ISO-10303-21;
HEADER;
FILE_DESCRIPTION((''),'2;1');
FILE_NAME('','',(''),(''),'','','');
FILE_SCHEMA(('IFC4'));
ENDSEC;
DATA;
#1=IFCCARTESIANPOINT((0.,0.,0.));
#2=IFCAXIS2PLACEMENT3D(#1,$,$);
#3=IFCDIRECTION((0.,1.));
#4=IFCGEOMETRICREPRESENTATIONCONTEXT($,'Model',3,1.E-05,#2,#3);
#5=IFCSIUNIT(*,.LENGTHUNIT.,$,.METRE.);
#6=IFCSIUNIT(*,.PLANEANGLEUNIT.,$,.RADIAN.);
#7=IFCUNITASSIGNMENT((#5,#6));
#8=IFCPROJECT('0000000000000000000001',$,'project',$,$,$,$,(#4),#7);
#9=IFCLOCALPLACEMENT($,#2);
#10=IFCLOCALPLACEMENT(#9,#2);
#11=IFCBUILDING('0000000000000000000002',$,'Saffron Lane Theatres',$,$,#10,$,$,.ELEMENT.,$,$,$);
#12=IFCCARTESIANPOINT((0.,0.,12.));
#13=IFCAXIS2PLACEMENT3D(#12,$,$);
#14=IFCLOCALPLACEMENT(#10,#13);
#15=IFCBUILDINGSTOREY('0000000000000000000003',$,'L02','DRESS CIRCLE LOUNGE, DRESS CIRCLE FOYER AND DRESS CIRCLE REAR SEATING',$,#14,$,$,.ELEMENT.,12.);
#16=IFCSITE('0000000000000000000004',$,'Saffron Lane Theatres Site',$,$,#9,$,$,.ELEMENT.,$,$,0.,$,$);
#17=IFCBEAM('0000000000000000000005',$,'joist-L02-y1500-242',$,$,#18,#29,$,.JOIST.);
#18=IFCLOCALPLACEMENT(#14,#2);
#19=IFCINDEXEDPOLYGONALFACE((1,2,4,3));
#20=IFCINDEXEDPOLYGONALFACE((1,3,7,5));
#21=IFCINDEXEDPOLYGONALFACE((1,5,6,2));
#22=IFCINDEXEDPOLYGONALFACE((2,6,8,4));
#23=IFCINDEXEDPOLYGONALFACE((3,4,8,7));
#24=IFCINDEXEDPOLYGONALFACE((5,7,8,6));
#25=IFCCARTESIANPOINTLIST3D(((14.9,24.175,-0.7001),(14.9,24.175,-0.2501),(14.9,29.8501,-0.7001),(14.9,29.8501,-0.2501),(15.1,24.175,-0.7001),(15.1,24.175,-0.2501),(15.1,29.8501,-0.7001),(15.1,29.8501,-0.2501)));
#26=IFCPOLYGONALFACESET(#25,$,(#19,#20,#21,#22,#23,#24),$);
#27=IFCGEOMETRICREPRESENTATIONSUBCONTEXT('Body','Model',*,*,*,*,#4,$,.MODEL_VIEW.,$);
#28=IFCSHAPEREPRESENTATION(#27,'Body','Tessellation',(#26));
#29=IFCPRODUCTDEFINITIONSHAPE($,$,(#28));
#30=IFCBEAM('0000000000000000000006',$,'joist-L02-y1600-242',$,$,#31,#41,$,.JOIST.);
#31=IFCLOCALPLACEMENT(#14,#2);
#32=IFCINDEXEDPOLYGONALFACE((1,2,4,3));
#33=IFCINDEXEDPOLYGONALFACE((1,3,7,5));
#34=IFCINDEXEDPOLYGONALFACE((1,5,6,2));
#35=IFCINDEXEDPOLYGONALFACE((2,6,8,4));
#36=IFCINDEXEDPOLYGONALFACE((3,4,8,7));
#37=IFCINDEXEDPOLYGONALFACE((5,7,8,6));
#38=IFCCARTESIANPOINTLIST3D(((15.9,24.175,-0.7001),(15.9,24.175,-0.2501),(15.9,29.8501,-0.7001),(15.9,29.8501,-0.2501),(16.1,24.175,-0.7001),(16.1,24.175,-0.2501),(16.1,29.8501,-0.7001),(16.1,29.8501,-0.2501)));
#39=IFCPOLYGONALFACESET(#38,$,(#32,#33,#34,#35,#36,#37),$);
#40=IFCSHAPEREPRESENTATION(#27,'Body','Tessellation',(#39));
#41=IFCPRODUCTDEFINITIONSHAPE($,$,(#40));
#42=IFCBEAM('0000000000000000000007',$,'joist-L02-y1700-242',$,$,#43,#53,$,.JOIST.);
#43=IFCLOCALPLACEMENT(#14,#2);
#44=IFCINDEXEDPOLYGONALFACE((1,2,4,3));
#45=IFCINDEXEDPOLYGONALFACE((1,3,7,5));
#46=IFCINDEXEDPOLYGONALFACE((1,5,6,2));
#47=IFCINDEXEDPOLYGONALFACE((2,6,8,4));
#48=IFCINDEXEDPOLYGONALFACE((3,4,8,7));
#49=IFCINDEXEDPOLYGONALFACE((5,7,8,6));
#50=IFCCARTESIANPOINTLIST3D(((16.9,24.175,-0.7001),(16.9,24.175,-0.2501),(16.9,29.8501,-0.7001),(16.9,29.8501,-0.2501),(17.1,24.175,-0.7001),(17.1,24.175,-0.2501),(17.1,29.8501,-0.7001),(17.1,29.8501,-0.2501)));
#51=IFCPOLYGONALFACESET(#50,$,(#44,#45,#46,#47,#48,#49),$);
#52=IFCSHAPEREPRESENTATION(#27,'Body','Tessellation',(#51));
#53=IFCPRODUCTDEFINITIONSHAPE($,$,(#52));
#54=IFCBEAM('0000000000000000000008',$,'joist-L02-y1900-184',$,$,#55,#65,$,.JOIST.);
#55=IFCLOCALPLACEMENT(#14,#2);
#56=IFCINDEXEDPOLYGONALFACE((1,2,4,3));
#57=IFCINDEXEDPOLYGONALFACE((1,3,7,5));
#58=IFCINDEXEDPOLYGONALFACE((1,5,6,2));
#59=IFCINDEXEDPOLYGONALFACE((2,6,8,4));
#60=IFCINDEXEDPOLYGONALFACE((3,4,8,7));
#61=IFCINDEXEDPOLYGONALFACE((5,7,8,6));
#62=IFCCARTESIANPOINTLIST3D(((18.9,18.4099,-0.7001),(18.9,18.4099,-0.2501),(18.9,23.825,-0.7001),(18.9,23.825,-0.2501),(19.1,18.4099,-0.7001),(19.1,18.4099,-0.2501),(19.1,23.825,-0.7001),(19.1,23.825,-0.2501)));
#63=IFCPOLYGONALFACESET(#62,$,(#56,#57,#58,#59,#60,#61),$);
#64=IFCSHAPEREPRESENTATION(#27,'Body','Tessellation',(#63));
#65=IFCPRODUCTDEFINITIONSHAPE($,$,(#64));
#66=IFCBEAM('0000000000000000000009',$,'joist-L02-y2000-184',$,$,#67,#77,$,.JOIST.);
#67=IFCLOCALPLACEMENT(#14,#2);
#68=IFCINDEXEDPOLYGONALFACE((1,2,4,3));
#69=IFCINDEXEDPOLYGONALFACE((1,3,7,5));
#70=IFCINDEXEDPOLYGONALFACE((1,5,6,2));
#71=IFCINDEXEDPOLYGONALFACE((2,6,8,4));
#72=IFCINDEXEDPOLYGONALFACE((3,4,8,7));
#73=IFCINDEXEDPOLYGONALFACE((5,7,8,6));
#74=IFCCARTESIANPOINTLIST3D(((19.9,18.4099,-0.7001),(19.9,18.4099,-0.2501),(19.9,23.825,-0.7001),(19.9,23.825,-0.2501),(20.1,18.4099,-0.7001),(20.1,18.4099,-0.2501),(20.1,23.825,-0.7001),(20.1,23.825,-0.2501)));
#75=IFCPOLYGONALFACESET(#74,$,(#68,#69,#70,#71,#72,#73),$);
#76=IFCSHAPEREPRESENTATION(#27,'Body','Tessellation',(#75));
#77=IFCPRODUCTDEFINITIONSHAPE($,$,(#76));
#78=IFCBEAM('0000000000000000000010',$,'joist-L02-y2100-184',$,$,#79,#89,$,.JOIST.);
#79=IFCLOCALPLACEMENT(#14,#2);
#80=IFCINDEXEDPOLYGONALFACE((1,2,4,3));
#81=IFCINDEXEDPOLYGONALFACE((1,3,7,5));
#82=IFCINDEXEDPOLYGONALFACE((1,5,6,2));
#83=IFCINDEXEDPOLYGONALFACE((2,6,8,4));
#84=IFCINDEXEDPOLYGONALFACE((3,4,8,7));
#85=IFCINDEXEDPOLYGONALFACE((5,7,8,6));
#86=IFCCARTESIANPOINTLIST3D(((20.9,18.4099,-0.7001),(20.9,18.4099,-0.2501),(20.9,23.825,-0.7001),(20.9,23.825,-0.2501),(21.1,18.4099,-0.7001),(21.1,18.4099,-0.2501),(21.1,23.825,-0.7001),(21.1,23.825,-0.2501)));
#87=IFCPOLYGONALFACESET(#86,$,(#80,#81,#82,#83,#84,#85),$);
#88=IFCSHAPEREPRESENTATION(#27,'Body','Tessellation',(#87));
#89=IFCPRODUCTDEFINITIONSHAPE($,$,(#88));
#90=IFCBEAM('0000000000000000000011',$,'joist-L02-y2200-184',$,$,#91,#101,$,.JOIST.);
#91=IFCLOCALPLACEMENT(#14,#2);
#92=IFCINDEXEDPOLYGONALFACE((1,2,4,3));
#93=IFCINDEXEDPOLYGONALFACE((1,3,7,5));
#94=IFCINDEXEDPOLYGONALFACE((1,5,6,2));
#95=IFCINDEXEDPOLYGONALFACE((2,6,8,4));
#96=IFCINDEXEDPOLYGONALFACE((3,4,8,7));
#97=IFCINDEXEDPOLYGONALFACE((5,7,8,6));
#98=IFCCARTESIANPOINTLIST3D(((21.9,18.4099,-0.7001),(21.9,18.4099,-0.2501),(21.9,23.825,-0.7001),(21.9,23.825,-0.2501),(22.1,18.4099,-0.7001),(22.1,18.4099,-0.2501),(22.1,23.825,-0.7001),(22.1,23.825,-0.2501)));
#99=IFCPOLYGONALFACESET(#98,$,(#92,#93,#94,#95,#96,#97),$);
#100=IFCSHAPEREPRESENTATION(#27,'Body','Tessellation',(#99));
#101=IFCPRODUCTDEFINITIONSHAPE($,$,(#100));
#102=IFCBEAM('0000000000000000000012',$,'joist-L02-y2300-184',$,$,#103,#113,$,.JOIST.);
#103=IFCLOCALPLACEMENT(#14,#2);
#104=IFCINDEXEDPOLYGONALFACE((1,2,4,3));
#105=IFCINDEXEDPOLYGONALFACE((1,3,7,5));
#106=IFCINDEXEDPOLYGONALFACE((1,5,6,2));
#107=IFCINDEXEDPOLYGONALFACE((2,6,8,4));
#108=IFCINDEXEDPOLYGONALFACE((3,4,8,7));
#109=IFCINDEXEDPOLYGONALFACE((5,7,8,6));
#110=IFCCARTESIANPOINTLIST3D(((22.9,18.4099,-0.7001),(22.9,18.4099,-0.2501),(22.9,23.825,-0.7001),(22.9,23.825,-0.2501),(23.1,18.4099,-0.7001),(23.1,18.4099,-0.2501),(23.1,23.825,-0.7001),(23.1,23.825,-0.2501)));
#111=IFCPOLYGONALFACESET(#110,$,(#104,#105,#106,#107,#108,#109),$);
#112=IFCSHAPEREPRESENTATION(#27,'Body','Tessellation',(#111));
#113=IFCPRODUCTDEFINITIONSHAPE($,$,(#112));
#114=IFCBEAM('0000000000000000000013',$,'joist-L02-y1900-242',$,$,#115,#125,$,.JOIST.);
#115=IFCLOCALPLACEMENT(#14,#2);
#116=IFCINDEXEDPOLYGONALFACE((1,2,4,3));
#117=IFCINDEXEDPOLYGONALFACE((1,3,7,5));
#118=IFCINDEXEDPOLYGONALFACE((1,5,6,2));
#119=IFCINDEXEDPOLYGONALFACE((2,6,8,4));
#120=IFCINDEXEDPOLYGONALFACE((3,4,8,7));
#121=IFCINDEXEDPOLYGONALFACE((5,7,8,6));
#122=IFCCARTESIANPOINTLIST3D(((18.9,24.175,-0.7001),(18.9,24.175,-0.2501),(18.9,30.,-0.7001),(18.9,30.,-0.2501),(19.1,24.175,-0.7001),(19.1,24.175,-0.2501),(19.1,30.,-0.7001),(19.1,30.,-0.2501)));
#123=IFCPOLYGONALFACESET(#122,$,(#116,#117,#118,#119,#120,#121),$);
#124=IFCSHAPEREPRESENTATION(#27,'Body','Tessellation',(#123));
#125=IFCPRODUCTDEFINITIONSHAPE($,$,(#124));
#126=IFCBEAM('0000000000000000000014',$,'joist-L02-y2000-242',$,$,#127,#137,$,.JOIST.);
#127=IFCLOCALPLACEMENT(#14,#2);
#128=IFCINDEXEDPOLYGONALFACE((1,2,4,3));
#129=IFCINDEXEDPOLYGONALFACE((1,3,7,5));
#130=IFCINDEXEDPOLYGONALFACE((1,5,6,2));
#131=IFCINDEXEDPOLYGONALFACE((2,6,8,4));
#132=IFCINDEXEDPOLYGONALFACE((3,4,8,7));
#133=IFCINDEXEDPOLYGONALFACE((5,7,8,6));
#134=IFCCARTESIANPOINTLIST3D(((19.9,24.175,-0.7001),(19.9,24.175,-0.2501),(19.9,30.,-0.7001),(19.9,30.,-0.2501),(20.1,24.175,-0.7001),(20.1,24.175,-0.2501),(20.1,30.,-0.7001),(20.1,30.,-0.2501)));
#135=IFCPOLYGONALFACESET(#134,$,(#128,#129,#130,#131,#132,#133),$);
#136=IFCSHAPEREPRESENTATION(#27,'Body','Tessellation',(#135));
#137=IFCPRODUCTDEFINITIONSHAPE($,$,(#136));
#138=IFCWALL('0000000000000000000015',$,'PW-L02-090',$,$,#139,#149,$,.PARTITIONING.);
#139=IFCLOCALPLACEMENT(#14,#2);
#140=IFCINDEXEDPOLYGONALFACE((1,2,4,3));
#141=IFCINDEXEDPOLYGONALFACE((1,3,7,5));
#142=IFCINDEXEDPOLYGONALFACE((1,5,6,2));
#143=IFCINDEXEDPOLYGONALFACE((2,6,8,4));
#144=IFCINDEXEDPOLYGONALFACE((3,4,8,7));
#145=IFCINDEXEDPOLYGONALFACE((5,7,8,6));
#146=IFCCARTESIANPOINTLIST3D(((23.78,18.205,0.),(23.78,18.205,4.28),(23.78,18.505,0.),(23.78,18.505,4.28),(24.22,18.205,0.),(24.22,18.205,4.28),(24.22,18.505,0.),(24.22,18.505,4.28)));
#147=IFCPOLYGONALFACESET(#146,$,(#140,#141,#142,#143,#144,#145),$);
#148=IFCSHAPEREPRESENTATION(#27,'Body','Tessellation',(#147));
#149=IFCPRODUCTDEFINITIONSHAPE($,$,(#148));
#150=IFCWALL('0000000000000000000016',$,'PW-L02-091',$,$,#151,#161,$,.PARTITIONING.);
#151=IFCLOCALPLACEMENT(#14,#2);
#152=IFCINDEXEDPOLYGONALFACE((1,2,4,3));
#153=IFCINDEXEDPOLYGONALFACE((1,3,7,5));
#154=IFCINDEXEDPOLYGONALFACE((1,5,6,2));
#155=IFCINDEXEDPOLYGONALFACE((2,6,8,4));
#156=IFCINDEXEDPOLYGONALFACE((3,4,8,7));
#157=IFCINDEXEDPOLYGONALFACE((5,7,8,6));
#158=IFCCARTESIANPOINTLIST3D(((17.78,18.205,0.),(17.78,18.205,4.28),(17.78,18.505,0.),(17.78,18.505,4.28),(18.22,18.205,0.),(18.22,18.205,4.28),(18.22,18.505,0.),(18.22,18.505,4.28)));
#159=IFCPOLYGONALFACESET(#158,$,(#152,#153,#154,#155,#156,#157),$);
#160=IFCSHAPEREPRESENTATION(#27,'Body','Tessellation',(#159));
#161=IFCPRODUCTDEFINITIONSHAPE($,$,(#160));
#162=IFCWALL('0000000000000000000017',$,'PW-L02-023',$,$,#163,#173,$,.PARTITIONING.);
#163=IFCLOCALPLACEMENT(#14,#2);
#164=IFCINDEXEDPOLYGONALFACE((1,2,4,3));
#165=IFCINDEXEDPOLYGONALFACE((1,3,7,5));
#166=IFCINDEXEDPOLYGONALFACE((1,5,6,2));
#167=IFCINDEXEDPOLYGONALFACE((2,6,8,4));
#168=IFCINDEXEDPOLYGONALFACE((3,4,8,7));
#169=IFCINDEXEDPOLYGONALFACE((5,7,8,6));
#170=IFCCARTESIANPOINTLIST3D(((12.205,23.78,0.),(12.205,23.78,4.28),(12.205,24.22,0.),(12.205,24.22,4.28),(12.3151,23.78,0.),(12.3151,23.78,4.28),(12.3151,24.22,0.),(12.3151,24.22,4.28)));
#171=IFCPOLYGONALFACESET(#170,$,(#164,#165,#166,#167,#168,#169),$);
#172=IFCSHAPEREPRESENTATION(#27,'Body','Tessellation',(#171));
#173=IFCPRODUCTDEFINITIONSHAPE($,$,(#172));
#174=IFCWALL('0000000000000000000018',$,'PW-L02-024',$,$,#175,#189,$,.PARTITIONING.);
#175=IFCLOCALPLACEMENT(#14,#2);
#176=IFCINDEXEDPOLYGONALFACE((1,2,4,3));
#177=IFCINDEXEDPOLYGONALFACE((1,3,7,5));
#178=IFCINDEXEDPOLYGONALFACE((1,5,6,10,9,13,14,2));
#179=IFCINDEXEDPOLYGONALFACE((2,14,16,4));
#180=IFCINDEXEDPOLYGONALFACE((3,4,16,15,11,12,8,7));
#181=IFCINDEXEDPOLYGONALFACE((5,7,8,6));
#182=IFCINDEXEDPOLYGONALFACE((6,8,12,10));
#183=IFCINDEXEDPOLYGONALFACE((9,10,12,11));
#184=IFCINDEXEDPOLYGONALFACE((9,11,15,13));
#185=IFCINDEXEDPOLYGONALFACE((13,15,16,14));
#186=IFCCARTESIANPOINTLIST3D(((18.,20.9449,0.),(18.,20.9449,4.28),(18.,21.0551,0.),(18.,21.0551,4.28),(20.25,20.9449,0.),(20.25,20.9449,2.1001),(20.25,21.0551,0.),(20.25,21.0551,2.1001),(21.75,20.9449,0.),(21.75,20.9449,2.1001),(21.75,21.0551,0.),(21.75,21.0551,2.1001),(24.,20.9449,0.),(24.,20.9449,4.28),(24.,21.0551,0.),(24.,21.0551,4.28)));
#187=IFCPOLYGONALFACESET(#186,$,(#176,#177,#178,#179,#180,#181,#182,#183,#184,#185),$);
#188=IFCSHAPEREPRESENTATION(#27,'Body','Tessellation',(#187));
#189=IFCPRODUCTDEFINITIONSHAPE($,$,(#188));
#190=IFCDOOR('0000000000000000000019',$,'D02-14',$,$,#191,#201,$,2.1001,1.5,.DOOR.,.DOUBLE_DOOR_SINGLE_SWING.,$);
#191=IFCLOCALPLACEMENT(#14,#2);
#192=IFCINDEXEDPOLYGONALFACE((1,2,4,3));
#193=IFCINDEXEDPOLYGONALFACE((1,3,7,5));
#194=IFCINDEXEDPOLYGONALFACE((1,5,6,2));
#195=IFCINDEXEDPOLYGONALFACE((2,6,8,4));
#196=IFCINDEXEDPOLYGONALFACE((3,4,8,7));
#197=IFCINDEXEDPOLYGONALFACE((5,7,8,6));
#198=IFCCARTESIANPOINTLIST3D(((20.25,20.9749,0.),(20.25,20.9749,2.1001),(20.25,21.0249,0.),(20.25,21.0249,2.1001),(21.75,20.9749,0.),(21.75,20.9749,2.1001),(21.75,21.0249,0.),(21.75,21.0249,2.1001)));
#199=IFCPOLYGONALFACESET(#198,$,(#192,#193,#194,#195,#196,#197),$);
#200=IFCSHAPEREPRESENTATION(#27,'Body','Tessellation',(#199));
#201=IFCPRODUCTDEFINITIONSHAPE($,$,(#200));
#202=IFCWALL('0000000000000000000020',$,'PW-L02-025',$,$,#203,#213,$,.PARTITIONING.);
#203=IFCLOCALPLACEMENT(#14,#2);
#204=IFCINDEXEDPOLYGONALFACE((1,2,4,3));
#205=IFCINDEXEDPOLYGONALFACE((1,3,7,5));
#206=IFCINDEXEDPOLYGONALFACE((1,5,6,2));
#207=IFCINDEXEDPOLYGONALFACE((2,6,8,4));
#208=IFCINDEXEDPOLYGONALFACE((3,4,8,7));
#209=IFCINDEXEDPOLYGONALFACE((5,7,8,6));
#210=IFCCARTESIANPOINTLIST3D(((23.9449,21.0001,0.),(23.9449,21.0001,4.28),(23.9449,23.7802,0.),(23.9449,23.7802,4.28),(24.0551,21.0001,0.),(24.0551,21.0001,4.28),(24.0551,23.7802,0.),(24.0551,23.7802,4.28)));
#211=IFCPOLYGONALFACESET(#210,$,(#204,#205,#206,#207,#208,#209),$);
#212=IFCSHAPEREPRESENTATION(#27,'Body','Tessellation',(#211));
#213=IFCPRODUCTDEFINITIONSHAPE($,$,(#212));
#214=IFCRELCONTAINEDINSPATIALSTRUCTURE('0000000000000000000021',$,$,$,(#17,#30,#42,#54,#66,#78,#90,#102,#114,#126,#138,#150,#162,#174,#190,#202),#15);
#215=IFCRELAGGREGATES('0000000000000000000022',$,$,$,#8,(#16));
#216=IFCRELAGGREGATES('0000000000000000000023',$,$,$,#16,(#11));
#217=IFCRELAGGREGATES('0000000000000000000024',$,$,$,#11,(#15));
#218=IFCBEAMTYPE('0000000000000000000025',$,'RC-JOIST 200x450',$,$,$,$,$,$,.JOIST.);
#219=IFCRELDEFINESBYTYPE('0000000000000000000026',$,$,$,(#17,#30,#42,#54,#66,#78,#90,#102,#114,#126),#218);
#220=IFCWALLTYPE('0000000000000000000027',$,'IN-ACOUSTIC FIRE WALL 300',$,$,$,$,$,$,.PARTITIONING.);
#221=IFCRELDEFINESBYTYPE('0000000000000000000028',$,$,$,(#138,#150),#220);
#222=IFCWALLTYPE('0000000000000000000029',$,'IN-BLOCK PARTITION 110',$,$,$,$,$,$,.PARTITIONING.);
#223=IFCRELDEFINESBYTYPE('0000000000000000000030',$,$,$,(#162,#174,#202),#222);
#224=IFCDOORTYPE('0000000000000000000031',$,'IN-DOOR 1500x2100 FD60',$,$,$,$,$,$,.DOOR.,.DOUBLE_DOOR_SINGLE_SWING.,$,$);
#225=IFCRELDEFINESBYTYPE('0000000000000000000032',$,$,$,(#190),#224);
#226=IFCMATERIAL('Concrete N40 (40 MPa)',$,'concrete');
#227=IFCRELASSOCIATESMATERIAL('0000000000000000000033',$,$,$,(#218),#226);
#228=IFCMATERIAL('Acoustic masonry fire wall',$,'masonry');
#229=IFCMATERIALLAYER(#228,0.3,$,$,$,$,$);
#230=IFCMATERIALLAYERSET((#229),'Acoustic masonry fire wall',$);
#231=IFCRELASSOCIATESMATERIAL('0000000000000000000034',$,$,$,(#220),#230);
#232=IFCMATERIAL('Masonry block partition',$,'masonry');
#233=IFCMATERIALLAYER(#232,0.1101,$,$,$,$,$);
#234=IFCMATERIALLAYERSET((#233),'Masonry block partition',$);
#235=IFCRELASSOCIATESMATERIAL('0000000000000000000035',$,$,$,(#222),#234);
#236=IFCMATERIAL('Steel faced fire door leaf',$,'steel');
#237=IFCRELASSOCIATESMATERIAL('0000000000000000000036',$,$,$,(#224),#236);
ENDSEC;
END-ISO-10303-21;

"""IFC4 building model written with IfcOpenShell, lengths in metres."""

from ifc_helpers import new_model, si_unit, direction, frame, frame_2d, origin, origin_2d, place, context, subcontext, project, spatial, rectangle, extrude, material, layer, layer_set, material_profile, profile_set, type_object, element, fill, save


model = new_model("IFC4")

# Units and contexts
model_context = context("Model", 3, precision=1e-05, world=origin(), true_north=direction((0.0, 1.0)))
body_context = subcontext(model_context, "Body", "Model", "MODEL_VIEW")
ifc_project = project(units=[si_unit("LENGTHUNIT", "METRE"), si_unit("PLANEANGLEUNIT", "RADIAN")], contexts=[model_context])

# Site, building, storey
site_placement = place(None, origin())
site = spatial("IfcSite", under=ifc_project, at=site_placement, Name="Saffron Lane Theatres Site", CompositionType="ELEMENT", RefElevation=0.0)
building_placement = place(site_placement, origin())
building = spatial("IfcBuilding", under=site, at=building_placement, Name="Saffron Lane Theatres", CompositionType="ELEMENT")
storey_placement = place(building_placement, frame((0.0, 0.0, 12.0)))
storey = spatial("IfcBuildingStorey", under=building, at=storey_placement, Name="L02", Description="DRESS CIRCLE LOUNGE, DRESS CIRCLE FOYER AND DRESS CIRCLE REAR SEATING", CompositionType="ELEMENT", Elevation=12.0)

# Beams
ifc_material_1 = material(Name="Concrete N40 (40 MPa)", Category="concrete")
ifc_material_profile_1 = material_profile(ifc_material_1, rectangle(XDim=0.2, YDim=0.45, at=origin_2d()))
ifc_profile_set_1 = profile_set([ifc_material_profile_1], Name="Concrete N40 (40 MPa)")
beam_type_1 = type_object("IfcBeamType", Name="RC-JOIST 200x450", PredefinedType="JOIST", material=ifc_profile_set_1)
for number, where, z_axis, x_axis, name in (
    (1, (15.0, 24.175, -0.4751), (0.0, 1.0, 0.0), (-1.0, 0.0, 0.0), "joist-L02-y1500-242"),
    (2, (16.0, 24.175, -0.4751), (0.0, 1.0, 0.0), (-1.0, 0.0, 0.0), "joist-L02-y1600-242"),
    (3, (17.0, 24.175, -0.4751), (0.0, 1.0, 0.0), (-1.0, 0.0, 0.0), "joist-L02-y1700-242"),
):
    element("IfcBeam", number, at=place(storey_placement, frame(where, z_axis=z_axis, x_axis=x_axis)), inside=storey, type_object=beam_type_1, Name=name, PredefinedType="JOIST", context=body_context, shape_type="SweptSolid", body=[
        extrude(rectangle(XDim=0.2, YDim=0.45, at=origin_2d()), origin(), (0.0, 0.0, 1.0), 5.675),
    ])
for number, where, z_axis, x_axis, name in (
    (4, (19.0, 18.4099, -0.4751), (0.0, 1.0, 0.0), (-1.0, 0.0, 0.0), "joist-L02-y1900-184"),
    (5, (20.0, 18.4099, -0.4751), (0.0, 1.0, 0.0), (-1.0, 0.0, 0.0), "joist-L02-y2000-184"),
    (6, (21.0, 18.4099, -0.4751), (0.0, 1.0, 0.0), (-1.0, 0.0, 0.0), "joist-L02-y2100-184"),
    (7, (22.0, 18.4099, -0.4751), (0.0, 1.0, 0.0), (-1.0, 0.0, 0.0), "joist-L02-y2200-184"),
    (8, (23.0, 18.4099, -0.4751), (0.0, 1.0, 0.0), (-1.0, 0.0, 0.0), "joist-L02-y2300-184"),
):
    element("IfcBeam", number, at=place(storey_placement, frame(where, z_axis=z_axis, x_axis=x_axis)), inside=storey, type_object=beam_type_1, Name=name, PredefinedType="JOIST", context=body_context, shape_type="SweptSolid", body=[
        extrude(rectangle(XDim=0.2, YDim=0.45, at=origin_2d()), origin(), (0.0, 0.0, 1.0), 5.415),
    ])
for number, where, z_axis, x_axis, name in (
    (9, (19.0, 24.175, -0.4751), (0.0, 1.0, 0.0), (-1.0, 0.0, 0.0), "joist-L02-y1900-242"),
    (10, (20.0, 24.175, -0.4751), (0.0, 1.0, 0.0), (-1.0, 0.0, 0.0), "joist-L02-y2000-242"),
):
    element("IfcBeam", number, at=place(storey_placement, frame(where, z_axis=z_axis, x_axis=x_axis)), inside=storey, type_object=beam_type_1, Name=name, PredefinedType="JOIST", context=body_context, shape_type="SweptSolid", body=[
        extrude(rectangle(XDim=0.2, YDim=0.45, at=origin_2d()), origin(), (0.0, 0.0, 1.0), 5.825),
    ])

# Walls
ifc_material_2 = material(Name="Acoustic masonry fire wall", Category="masonry")
ifc_layer_1 = layer(ifc_material_2, 0.3)
ifc_layer_set_1 = layer_set([ifc_layer_1], Name="Acoustic masonry fire wall")
wall_type_1 = type_object("IfcWallType", Name="IN-ACOUSTIC FIRE WALL 300", PredefinedType="PARTITIONING", material=ifc_layer_set_1)
for number, where, z_axis, x_axis, name in (
    (11, (23.78, 18.355, 0.0), (0.0, 0.0, 1.0), (1.0, 0.0, 0.0), "PW-L02-090"),
    (12, (17.78, 18.355, 0.0), (0.0, 0.0, 1.0), (1.0, 0.0, 0.0), "PW-L02-091"),
):
    element("IfcWall", number, at=place(storey_placement, frame(where, z_axis=z_axis, x_axis=x_axis)), inside=storey, type_object=wall_type_1, Name=name, PredefinedType="PARTITIONING", context=body_context, shape_type="SweptSolid", body=[
        extrude(rectangle(XDim=0.4399, YDim=0.3, at=frame_2d((0.22, 0.0))), origin(), (0.0, 0.0, 1.0), 4.28),
    ])
ifc_material_3 = material(Name="Masonry block partition", Category="masonry")
ifc_layer_2 = layer(ifc_material_3, 0.1101)
ifc_layer_set_2 = layer_set([ifc_layer_2], Name="Masonry block partition")
wall_type_2 = type_object("IfcWallType", Name="IN-BLOCK PARTITION 110", PredefinedType="PARTITIONING", material=ifc_layer_set_2)
wall_1_placement = place(storey_placement, frame((12.26, 23.78, 0.0), z_axis=(0.0, 0.0, 1.0), x_axis=(0.0, 1.0, 0.0)))
element("IfcWall", 13, at=wall_1_placement, inside=storey, type_object=wall_type_2, Name="PW-L02-023", PredefinedType="PARTITIONING", context=body_context, shape_type="SweptSolid", body=[
    extrude(rectangle(XDim=0.4399, YDim=0.1101, at=frame_2d((0.22, 0.0))), origin(), (0.0, 0.0, 1.0), 4.28),
])

# Wall, opening, door
wall_2_placement = place(storey_placement, frame((18.0, 21.0, 0.0), z_axis=(0.0, 0.0, 1.0), x_axis=(1.0, 0.0, 0.0)))
wall_2 = element("IfcWall", 14, at=wall_2_placement, inside=storey, type_object=wall_type_2, Name="PW-L02-024", PredefinedType="PARTITIONING", context=body_context, shape_type="SweptSolid", body=[
    extrude(rectangle(XDim=6.0, YDim=0.1101, at=frame_2d((3.0, 0.0))), origin(), (0.0, 0.0, 1.0), 4.28),
])
opening_placement = place(wall_2_placement, frame((2.25, 0.0, 0.0)))
opening = element("IfcOpeningElement", 15, at=opening_placement, cuts=wall_2, PredefinedType="OPENING", context=body_context, shape_type="SweptSolid", body=[
    extrude(rectangle(XDim=1.5, YDim=2.1001, at=frame_2d((0.75, 1.05))), frame((0.0, 0.0649, 0.0), z_axis=(0.0, -1.0, 0.0), x_axis=(1.0, 0.0, 0.0)), (0.0, 0.0, 1.0), 0.1301),
])
ifc_material_4 = material(Name="Steel faced fire door leaf", Category="steel")
door_type = type_object("IfcDoorType", Name="IN-DOOR 1500x2100 FD60", OperationType="DOUBLE_DOOR_SINGLE_SWING", PredefinedType="DOOR", material=ifc_material_4)
door_placement = place(opening_placement, origin())
door = element("IfcDoor", 16, at=door_placement, inside=storey, type_object=door_type, Name="D02-14", OperationType="DOUBLE_DOOR_SINGLE_SWING", OverallHeight=2.1001, OverallWidth=1.5, PredefinedType="DOOR", context=body_context, shape_type="SweptSolid", body=[
    extrude(rectangle(XDim=1.5, YDim=2.1001, at=frame_2d((0.75, 1.05))), frame((0.0, 0.0249, 0.0), z_axis=(0.0, -1.0, 0.0), x_axis=(1.0, 0.0, 0.0)), (0.0, 0.0, 1.0), 0.05),
])
fill(opening, door)

# Wall
wall_3_placement = place(storey_placement, frame((24.0, 21.0, 0.0), z_axis=(0.0, 0.0, 1.0), x_axis=(0.0, 1.0, 0.0)))
element("IfcWall", 17, at=wall_3_placement, inside=storey, type_object=wall_type_2, Name="PW-L02-025", PredefinedType="PARTITIONING", context=body_context, shape_type="SweptSolid", body=[
    extrude(rectangle(XDim=2.78, YDim=0.1101, at=frame_2d((1.3901, 0.0))), origin(), (0.0, 0.0, 1.0), 4.28),
])

save(model, "model.ifc")
